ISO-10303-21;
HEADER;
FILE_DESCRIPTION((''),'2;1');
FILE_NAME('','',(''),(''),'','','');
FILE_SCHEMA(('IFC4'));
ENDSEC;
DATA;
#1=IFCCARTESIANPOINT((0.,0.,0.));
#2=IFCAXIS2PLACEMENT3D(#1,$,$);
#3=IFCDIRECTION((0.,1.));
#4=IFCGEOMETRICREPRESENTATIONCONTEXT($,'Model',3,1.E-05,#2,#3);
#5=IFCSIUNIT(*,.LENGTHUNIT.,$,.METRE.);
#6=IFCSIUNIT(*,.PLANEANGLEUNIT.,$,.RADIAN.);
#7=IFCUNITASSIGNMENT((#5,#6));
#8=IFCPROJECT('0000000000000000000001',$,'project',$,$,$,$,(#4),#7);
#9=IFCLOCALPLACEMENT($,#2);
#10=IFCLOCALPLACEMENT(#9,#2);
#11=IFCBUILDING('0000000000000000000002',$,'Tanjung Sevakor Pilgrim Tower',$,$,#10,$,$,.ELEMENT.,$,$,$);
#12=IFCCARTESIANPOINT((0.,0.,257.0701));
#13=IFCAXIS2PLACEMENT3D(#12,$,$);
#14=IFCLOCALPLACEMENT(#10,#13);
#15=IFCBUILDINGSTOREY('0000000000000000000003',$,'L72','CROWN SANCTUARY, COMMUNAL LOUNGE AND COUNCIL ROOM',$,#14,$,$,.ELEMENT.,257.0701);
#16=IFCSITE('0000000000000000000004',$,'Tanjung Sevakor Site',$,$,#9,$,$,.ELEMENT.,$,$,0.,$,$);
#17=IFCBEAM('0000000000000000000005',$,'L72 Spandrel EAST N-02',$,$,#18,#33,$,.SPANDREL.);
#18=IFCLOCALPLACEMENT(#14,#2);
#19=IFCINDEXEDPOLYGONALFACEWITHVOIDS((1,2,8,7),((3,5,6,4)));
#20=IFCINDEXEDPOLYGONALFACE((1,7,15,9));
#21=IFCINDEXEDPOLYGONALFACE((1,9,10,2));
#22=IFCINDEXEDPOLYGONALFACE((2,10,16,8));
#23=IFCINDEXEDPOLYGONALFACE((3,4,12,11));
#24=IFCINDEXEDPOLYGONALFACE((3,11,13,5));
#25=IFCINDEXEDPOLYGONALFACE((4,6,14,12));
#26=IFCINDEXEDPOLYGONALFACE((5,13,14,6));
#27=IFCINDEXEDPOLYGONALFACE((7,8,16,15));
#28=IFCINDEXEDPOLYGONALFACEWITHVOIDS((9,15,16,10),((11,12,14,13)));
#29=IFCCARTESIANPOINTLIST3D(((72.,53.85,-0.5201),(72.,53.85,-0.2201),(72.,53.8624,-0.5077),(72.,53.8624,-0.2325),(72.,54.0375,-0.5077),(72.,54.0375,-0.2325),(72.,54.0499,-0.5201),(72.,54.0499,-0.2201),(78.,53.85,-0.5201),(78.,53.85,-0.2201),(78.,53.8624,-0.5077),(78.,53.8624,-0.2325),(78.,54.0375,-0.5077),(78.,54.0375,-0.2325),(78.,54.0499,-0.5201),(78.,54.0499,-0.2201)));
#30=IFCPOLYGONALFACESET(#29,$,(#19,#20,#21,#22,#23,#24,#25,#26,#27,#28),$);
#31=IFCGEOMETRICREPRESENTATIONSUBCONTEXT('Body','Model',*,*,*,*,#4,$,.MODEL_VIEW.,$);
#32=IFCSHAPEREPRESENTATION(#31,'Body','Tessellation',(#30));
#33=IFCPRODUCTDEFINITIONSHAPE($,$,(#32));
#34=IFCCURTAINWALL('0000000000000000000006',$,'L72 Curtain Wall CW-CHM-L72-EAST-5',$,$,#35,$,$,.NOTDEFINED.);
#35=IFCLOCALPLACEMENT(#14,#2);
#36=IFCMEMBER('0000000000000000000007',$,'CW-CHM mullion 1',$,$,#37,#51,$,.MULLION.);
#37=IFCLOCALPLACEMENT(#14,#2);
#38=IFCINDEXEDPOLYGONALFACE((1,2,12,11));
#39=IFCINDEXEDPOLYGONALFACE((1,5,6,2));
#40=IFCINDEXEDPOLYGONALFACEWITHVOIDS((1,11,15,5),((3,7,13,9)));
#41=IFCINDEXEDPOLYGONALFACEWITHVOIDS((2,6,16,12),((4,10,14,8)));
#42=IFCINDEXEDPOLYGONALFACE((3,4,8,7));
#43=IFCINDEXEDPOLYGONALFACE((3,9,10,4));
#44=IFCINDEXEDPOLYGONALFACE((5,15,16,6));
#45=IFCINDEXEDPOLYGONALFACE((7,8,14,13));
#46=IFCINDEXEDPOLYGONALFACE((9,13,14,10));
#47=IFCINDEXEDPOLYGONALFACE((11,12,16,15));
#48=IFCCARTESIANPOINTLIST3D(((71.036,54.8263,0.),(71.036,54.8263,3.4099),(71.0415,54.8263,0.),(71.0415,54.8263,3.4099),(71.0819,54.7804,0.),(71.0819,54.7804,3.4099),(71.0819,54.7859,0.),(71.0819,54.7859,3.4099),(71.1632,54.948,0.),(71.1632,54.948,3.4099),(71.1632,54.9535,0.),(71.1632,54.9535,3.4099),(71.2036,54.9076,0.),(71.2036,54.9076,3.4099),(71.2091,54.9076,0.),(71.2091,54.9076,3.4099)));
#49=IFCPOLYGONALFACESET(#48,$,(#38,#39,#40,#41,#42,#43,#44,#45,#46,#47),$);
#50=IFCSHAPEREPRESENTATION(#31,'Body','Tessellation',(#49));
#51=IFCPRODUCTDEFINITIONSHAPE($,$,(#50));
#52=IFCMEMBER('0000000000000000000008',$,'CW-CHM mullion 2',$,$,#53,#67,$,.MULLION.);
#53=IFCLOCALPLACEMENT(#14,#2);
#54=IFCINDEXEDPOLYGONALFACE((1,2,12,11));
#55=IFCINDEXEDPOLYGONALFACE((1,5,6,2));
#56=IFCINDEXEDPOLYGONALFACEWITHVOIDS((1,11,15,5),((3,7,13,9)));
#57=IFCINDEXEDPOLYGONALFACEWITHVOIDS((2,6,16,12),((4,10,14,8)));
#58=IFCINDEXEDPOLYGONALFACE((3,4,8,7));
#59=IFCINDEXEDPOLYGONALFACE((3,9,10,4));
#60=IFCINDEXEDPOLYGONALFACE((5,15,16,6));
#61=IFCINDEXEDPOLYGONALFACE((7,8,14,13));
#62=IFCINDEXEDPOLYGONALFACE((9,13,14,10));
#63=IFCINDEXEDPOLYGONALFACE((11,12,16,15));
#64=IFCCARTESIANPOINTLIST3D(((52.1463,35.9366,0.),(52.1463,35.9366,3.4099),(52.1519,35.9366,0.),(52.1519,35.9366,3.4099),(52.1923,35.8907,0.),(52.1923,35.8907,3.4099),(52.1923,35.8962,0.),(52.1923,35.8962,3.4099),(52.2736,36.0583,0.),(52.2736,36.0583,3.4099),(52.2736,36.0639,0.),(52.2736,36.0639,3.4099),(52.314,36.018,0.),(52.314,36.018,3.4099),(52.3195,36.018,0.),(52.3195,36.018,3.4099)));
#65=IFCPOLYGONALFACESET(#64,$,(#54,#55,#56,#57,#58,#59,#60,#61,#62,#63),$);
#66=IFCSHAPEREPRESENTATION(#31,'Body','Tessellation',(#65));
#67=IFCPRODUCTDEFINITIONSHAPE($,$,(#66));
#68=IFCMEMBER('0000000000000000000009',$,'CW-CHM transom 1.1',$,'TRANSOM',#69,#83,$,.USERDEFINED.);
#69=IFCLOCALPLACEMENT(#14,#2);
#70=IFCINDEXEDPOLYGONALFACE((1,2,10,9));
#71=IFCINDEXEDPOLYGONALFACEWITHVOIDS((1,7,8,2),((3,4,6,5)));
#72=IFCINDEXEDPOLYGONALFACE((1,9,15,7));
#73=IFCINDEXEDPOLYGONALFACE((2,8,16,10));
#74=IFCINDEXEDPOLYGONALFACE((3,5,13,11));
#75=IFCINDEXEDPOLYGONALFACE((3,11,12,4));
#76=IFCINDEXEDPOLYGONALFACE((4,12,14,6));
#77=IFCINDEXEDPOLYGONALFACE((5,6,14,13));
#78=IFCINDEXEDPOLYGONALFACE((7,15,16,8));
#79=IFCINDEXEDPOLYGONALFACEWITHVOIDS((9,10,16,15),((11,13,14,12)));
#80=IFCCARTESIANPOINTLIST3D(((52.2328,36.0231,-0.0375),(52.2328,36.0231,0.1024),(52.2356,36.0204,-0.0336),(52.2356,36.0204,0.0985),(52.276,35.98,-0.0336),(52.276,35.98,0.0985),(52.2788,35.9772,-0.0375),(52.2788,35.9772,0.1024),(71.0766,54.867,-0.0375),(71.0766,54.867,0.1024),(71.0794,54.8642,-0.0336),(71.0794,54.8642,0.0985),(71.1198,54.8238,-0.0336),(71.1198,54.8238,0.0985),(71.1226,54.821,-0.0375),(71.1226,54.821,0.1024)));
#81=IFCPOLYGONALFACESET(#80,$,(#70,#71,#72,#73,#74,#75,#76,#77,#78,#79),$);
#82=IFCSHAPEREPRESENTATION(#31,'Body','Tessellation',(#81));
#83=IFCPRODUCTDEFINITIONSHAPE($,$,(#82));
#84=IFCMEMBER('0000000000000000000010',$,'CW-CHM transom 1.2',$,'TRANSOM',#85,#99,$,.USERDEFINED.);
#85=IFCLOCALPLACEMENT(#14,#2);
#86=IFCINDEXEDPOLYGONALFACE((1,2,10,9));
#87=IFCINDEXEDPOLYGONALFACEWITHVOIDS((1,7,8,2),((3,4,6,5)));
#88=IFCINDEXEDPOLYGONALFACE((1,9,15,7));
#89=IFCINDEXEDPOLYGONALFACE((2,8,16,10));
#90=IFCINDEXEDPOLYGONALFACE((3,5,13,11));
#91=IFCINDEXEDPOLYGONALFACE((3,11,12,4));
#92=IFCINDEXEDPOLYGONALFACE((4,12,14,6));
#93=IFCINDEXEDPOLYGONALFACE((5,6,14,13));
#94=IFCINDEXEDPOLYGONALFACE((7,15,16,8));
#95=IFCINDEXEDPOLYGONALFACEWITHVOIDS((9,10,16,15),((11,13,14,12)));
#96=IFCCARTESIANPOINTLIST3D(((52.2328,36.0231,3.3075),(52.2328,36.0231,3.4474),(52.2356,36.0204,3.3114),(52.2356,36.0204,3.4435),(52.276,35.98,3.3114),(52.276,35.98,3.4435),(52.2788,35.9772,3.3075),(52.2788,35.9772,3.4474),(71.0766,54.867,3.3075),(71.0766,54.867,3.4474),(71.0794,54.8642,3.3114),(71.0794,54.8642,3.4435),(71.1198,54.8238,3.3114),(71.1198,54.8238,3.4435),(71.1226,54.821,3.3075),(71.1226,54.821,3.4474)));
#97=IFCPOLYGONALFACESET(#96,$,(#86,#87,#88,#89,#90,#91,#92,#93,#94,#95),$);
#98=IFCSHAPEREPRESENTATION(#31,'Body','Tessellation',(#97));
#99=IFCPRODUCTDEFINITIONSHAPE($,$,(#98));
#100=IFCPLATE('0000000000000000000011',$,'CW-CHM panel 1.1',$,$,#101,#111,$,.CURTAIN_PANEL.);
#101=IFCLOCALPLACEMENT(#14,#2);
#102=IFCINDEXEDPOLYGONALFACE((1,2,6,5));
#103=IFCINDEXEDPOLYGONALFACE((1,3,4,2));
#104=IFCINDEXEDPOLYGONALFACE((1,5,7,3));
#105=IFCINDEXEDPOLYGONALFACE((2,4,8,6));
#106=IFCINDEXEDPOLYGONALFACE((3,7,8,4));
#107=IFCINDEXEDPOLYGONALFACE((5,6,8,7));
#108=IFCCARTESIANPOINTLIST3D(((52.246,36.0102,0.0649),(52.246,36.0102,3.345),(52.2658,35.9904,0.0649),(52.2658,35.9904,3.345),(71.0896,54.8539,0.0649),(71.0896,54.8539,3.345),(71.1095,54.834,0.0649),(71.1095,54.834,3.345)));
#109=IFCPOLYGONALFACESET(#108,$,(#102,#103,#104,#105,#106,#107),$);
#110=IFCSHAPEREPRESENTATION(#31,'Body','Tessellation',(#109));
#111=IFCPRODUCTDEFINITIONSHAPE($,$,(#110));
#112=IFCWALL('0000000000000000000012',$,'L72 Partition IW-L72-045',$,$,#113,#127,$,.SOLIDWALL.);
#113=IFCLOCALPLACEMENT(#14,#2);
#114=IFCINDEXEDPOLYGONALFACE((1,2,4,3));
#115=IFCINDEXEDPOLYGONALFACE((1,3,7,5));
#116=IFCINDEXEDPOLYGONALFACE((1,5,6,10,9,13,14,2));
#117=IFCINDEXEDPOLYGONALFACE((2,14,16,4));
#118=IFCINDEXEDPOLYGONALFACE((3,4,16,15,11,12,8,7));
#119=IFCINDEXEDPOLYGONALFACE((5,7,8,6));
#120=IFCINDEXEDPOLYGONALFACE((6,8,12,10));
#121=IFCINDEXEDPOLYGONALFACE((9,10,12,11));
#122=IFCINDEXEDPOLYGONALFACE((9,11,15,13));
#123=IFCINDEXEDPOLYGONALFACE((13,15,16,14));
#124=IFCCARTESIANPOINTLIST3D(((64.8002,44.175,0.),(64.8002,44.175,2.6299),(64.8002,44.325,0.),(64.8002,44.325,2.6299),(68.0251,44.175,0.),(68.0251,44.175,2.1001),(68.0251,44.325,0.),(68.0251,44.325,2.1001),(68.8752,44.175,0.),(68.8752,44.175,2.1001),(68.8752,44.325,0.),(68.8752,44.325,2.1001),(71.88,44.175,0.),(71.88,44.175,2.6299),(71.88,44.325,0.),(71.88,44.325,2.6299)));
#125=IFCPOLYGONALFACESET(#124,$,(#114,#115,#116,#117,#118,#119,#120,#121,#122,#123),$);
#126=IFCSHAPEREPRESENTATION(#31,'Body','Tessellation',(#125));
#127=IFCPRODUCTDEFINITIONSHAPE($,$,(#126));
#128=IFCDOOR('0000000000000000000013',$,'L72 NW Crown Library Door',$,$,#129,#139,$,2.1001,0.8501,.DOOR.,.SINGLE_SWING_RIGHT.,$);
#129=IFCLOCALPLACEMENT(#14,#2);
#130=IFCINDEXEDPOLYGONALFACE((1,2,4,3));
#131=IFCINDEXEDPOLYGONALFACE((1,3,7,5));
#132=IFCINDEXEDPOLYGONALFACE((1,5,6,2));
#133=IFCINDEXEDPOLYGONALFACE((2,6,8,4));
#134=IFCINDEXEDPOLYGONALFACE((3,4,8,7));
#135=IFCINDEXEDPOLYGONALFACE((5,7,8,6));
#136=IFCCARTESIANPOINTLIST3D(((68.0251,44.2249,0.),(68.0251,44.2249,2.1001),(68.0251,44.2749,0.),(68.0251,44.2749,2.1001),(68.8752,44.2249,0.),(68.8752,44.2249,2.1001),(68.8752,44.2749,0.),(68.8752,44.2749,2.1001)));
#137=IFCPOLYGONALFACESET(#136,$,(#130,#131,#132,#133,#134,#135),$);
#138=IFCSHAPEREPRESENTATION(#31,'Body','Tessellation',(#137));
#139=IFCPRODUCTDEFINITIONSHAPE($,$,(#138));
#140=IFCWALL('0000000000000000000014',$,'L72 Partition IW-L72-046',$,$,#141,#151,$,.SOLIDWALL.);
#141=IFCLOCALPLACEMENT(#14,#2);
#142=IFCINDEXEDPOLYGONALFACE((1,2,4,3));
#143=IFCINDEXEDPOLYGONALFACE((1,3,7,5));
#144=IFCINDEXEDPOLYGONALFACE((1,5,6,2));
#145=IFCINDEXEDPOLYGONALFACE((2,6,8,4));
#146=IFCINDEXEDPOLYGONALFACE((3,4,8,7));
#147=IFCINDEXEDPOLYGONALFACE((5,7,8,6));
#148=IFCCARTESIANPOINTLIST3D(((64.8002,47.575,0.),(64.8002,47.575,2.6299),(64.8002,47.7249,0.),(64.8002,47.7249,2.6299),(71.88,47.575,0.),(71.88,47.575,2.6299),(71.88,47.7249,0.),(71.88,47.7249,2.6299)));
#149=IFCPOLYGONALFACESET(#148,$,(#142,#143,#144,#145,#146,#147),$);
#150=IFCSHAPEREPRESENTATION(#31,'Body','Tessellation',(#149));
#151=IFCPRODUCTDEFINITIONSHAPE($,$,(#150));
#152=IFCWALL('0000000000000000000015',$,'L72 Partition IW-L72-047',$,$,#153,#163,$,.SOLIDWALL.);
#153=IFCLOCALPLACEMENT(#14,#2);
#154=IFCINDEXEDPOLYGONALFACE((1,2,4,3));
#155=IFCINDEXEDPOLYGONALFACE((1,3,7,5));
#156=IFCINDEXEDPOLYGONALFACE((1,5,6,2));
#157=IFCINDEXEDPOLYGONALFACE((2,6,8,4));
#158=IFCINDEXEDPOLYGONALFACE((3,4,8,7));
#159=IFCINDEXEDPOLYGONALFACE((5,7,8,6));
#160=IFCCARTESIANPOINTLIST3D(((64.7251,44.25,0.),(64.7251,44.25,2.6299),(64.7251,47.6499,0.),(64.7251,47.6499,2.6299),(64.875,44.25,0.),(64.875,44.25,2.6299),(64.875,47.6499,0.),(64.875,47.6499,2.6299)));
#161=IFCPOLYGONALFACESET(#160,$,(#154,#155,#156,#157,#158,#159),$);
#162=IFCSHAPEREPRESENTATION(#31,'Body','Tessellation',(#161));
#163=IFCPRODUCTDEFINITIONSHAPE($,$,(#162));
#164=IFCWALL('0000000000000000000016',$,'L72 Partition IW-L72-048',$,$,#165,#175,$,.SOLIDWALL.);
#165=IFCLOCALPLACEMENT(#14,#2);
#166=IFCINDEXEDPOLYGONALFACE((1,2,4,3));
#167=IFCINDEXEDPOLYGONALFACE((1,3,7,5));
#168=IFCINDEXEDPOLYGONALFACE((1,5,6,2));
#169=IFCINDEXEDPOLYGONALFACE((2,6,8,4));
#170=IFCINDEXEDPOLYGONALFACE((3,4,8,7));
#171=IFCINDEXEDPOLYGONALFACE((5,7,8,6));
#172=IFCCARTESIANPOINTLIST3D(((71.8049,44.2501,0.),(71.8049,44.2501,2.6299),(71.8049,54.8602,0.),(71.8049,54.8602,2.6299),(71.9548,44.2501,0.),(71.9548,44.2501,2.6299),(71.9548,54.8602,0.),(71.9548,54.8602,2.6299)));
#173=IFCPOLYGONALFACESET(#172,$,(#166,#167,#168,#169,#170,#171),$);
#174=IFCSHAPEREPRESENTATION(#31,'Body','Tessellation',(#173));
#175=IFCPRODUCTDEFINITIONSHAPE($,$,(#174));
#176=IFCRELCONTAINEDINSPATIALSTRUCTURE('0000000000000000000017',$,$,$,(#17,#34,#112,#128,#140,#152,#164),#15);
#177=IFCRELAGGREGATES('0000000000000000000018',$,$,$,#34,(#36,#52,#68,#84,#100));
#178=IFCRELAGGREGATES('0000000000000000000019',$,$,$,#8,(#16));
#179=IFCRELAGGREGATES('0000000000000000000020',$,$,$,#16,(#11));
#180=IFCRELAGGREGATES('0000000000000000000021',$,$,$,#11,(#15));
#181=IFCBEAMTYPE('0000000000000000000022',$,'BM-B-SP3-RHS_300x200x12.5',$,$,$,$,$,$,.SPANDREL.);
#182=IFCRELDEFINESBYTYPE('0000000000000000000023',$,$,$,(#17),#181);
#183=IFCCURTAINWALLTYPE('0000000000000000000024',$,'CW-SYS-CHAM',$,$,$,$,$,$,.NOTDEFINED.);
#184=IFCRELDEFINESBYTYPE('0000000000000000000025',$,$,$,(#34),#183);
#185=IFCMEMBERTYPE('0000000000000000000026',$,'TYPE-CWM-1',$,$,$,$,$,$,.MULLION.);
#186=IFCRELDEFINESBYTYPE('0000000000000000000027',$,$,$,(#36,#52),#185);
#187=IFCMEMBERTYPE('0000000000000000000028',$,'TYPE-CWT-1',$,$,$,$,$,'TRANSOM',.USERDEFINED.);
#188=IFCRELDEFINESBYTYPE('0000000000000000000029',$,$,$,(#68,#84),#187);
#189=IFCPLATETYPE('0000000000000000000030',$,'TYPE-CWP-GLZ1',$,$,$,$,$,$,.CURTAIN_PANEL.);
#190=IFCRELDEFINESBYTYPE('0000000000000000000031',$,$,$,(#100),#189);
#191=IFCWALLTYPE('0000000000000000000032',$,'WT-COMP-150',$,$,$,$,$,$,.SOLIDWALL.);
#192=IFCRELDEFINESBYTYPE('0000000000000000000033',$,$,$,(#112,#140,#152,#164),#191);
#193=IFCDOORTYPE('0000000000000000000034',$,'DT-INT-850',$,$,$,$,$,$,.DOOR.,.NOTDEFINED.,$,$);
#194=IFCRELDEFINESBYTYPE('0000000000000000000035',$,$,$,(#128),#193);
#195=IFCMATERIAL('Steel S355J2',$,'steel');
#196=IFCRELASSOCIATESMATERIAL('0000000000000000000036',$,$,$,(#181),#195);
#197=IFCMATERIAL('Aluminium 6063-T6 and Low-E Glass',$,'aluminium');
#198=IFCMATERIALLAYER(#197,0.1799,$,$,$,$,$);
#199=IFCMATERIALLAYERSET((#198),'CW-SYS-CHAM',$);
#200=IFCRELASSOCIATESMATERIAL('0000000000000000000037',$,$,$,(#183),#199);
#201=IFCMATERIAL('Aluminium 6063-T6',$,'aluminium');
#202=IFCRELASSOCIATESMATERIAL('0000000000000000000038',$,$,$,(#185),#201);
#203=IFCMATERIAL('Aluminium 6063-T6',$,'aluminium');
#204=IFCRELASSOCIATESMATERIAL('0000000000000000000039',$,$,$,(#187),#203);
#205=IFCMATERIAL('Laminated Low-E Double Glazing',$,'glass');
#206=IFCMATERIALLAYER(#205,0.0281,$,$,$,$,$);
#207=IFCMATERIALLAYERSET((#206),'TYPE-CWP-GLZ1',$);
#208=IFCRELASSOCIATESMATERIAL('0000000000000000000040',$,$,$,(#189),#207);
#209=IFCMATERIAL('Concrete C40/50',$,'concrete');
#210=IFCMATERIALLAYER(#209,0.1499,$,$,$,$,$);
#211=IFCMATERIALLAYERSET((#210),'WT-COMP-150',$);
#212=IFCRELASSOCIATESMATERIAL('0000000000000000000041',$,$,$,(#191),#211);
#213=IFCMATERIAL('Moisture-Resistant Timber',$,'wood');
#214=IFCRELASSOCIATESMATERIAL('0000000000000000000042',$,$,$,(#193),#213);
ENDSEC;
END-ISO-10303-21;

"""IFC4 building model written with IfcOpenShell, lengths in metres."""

from ifc_helpers import new_model, si_unit, direction, frame, frame_2d, origin, origin_2d, place, context, subcontext, project, spatial, rectangle, hollow_rectangle, extrude, material, layer, layer_set, material_profile, profile_set, type_object, element, fill, aggregate, save


model = new_model("IFC4")

# Units and contexts
model_context = context("Model", 3, precision=1e-05, world=origin(), true_north=direction((0.0, 1.0)))
body_context = subcontext(model_context, "Body", "Model", "MODEL_VIEW")
ifc_project = project(units=[si_unit("LENGTHUNIT", "METRE"), si_unit("PLANEANGLEUNIT", "RADIAN")], contexts=[model_context])

# Site, building, storey
site_placement = place(None, origin())
site = spatial("IfcSite", under=ifc_project, at=site_placement, Name="Tanjung Sevakor Site", CompositionType="ELEMENT", RefElevation=0.0)
building_placement = place(site_placement, origin())
building = spatial("IfcBuilding", under=site, at=building_placement, Name="Tanjung Sevakor Pilgrim Tower", CompositionType="ELEMENT")
storey_placement = place(building_placement, frame((0.0, 0.0, 257.0701)))
storey = spatial("IfcBuildingStorey", under=building, at=storey_placement, Name="L72", Description="CROWN SANCTUARY, COMMUNAL LOUNGE AND COUNCIL ROOM", CompositionType="ELEMENT", Elevation=257.0701)

# Beam
ifc_material_1 = material(Name="Steel S355J2", Category="steel")
ifc_material_profile_1 = material_profile(ifc_material_1, hollow_rectangle(XDim=0.2, YDim=0.3, WallThickness=0.0125, at=origin_2d()))
ifc_profile_set_1 = profile_set([ifc_material_profile_1], Name="Steel S355J2")
beam_type_1 = type_object("IfcBeamType", Name="BM-B-SP3-RHS_300x200x12.5", PredefinedType="SPANDREL", material=ifc_profile_set_1)
beam_1_placement = place(storey_placement, frame((72.0, 53.95, -0.3701), z_axis=(1.0, 0.0, 0.0), x_axis=(0.0, 1.0, 0.0)))
element("IfcBeam", 1, at=beam_1_placement, inside=storey, type_object=beam_type_1, Name="L72 Spandrel EAST N-02", PredefinedType="SPANDREL", context=body_context, shape_type="SweptSolid", body=[
    extrude(hollow_rectangle(XDim=0.2, YDim=0.3, WallThickness=0.0125, at=origin_2d()), origin(), (0.0, 0.0, 1.0), 6.0),
])

# Curtain wall, members, plate
ifc_material_2 = material(Name="Aluminium 6063-T6 and Low-E Glass", Category="aluminium")
ifc_layer_1 = layer(ifc_material_2, 0.1799)
ifc_layer_set_1 = layer_set([ifc_layer_1], Name="CW-SYS-CHAM")
curtain_wall_type = type_object("IfcCurtainWallType", Name="CW-SYS-CHAM", PredefinedType="NOTDEFINED", material=ifc_layer_set_1)
curtain_wall_placement = place(storey_placement, origin())
curtain_wall = element("IfcCurtainWall", 2, at=curtain_wall_placement, inside=storey, type_object=curtain_wall_type, Name="L72 Curtain Wall CW-CHM-L72-EAST-5", PredefinedType="NOTDEFINED")
ifc_material_3 = material(Name="Aluminium 6063-T6", Category="aluminium")
ifc_material_profile_2 = material_profile(ifc_material_3, hollow_rectangle(XDim=0.0649, YDim=0.1799, WallThickness=0.0039, at=origin_2d()))
ifc_profile_set_2 = profile_set([ifc_material_profile_2], Name="Aluminium 6063-T6")
member_type_1 = type_object("IfcMemberType", Name="TYPE-CWM-1", PredefinedType="MULLION", material=ifc_profile_set_2)
member_1_placement = place(storey_placement, frame((71.1226, 54.8669, 0.0), z_axis=(0.0, 0.0, 1.0), x_axis=(0.707107, -0.707107, 0.0)))
member_1 = element("IfcMember", 3, at=member_1_placement, type_object=member_type_1, Name="CW-CHM mullion 1", PredefinedType="MULLION", context=body_context, shape_type="SweptSolid", body=[
    extrude(hollow_rectangle(XDim=0.0649, YDim=0.1799, WallThickness=0.0039, at=origin_2d()), origin(), (0.0, 0.0, 1.0), 3.4099),
])
member_2_placement = place(storey_placement, frame((52.2329, 35.9773, 0.0), z_axis=(0.0, 0.0, 1.0), x_axis=(0.707107, -0.707107, 0.0)))
member_2 = element("IfcMember", 4, at=member_2_placement, type_object=member_type_1, Name="CW-CHM mullion 2", PredefinedType="MULLION", context=body_context, shape_type="SweptSolid", body=[
    extrude(hollow_rectangle(XDim=0.0649, YDim=0.1799, WallThickness=0.0039, at=origin_2d()), origin(), (0.0, 0.0, 1.0), 3.4099),
])
ifc_material_4 = material(Name="Aluminium 6063-T6", Category="aluminium")
ifc_material_profile_3 = material_profile(ifc_material_4, hollow_rectangle(XDim=0.0649, YDim=0.1399, WallThickness=0.0039, at=origin_2d()))
ifc_profile_set_3 = profile_set([ifc_material_profile_3], Name="Aluminium 6063-T6")
member_type_2 = type_object("IfcMemberType", Name="TYPE-CWT-1", ElementType="TRANSOM", PredefinedType="USERDEFINED", material=ifc_profile_set_3)
member_3_placement = place(storey_placement, frame((71.0996, 54.844, 0.0325), z_axis=(-0.707107, -0.707107, 0.0), x_axis=(0.707107, -0.707107, 0.0)))
member_3 = element("IfcMember", 5, at=member_3_placement, type_object=member_type_2, Name="CW-CHM transom 1.1", ObjectType="TRANSOM", PredefinedType="USERDEFINED", context=body_context, shape_type="SweptSolid", body=[
    extrude(hollow_rectangle(XDim=0.0649, YDim=0.1399, WallThickness=0.0039, at=origin_2d()), origin(), (0.0, 0.0, 1.0), 26.6492),
])
member_4_placement = place(storey_placement, frame((71.0996, 54.844, 3.3774), z_axis=(-0.707107, -0.707107, 0.0), x_axis=(0.707107, -0.707107, 0.0)))
member_4 = element("IfcMember", 6, at=member_4_placement, type_object=member_type_2, Name="CW-CHM transom 1.2", ObjectType="TRANSOM", PredefinedType="USERDEFINED", context=body_context, shape_type="SweptSolid", body=[
    extrude(hollow_rectangle(XDim=0.0649, YDim=0.1399, WallThickness=0.0039, at=origin_2d()), origin(), (0.0, 0.0, 1.0), 26.6492),
])
ifc_material_5 = material(Name="Laminated Low-E Double Glazing", Category="glass")
ifc_layer_2 = layer(ifc_material_5, 0.0281)
ifc_layer_set_2 = layer_set([ifc_layer_2], Name="TYPE-CWP-GLZ1")
plate_type = type_object("IfcPlateType", Name="TYPE-CWP-GLZ1", PredefinedType="CURTAIN_PANEL", material=ifc_layer_set_2)
plate_placement = place(storey_placement, frame((61.6777, 45.4221, 0.0649), z_axis=(0.0, 0.0, 1.0), x_axis=(-0.707107, -0.707107, 0.0)))
plate = element("IfcPlate", 7, at=plate_placement, type_object=plate_type, Name="CW-CHM panel 1.1", PredefinedType="CURTAIN_PANEL", context=body_context, shape_type="SweptSolid", body=[
    extrude(rectangle(XDim=26.6489, YDim=0.0281, at=origin_2d()), origin(), (0.0, 0.0, 1.0), 3.28),
])
aggregate(curtain_wall, [member_1, member_2, member_3, member_4, plate])

# Wall, opening, door
ifc_material_6 = material(Name="Concrete C40/50", Category="concrete")
ifc_layer_3 = layer(ifc_material_6, 0.1499)
ifc_layer_set_3 = layer_set([ifc_layer_3], Name="WT-COMP-150")
wall_type_1 = type_object("IfcWallType", Name="WT-COMP-150", PredefinedType="SOLIDWALL", material=ifc_layer_set_3)
wall_1_placement = place(storey_placement, frame((64.8, 44.25, 0.0), z_axis=(0.0, 0.0, 1.0), x_axis=(1.0, 0.0, 0.0)))
wall_1 = element("IfcWall", 8, at=wall_1_placement, inside=storey, type_object=wall_type_1, Name="L72 Partition IW-L72-045", PredefinedType="SOLIDWALL", context=body_context, shape_type="SweptSolid", body=[
    extrude(rectangle(XDim=7.0798, YDim=0.1499, at=frame_2d((3.54, 0.0))), origin(), (0.0, 0.0, 1.0), 2.6299),
])
opening_1_placement = place(wall_1_placement, frame((3.2251, 0.0, 0.0)))
opening_1 = element("IfcOpeningElement", 9, at=opening_1_placement, cuts=wall_1, PredefinedType="OPENING", context=body_context, shape_type="SweptSolid", body=[
    extrude(rectangle(XDim=0.8501, YDim=2.1001, at=frame_2d((0.425, 1.05))), frame((0.0, 0.085, 0.0), z_axis=(0.0, -1.0, 0.0), x_axis=(1.0, 0.0, 0.0)), (0.0, 0.0, 1.0), 0.1699),
])
ifc_material_7 = material(Name="Moisture-Resistant Timber", Category="wood")
door_type_1 = type_object("IfcDoorType", Name="DT-INT-850", OperationType="NOTDEFINED", PredefinedType="DOOR", material=ifc_material_7)
door_1_placement = place(opening_1_placement, origin())
door_1 = element("IfcDoor", 10, at=door_1_placement, inside=storey, type_object=door_type_1, Name="L72 NW Crown Library Door", OperationType="SINGLE_SWING_RIGHT", OverallHeight=2.1001, OverallWidth=0.8501, PredefinedType="DOOR", context=body_context, shape_type="SweptSolid", body=[
    extrude(rectangle(XDim=0.8501, YDim=2.1001, at=frame_2d((0.425, 1.05))), frame((0.0, 0.0249, 0.0), z_axis=(0.0, -1.0, 0.0), x_axis=(1.0, 0.0, 0.0)), (0.0, 0.0, 1.0), 0.05),
])
fill(opening_1, door_1)

# Walls
wall_2_placement = place(storey_placement, frame((64.8, 47.6499, 0.0), z_axis=(0.0, 0.0, 1.0), x_axis=(1.0, 0.0, 0.0)))
element("IfcWall", 11, at=wall_2_placement, inside=storey, type_object=wall_type_1, Name="L72 Partition IW-L72-046", PredefinedType="SOLIDWALL", context=body_context, shape_type="SweptSolid", body=[
    extrude(rectangle(XDim=7.0798, YDim=0.1499, at=frame_2d((3.54, 0.0))), origin(), (0.0, 0.0, 1.0), 2.6299),
])
wall_3_placement = place(storey_placement, frame((64.8, 44.25, 0.0), z_axis=(0.0, 0.0, 1.0), x_axis=(0.0, 1.0, 0.0)))
element("IfcWall", 12, at=wall_3_placement, inside=storey, type_object=wall_type_1, Name="L72 Partition IW-L72-047", PredefinedType="SOLIDWALL", context=body_context, shape_type="SweptSolid", body=[
    extrude(rectangle(XDim=3.3999, YDim=0.1499, at=frame_2d((1.7, 0.0))), origin(), (0.0, 0.0, 1.0), 2.6299),
])
wall_4_placement = place(storey_placement, frame((71.8799, 44.25, 0.0), z_axis=(0.0, 0.0, 1.0), x_axis=(0.0, 1.0, 0.0)))
element("IfcWall", 13, at=wall_4_placement, inside=storey, type_object=wall_type_1, Name="L72 Partition IW-L72-048", PredefinedType="SOLIDWALL", context=body_context, shape_type="SweptSolid", body=[
    extrude(rectangle(XDim=10.6101, YDim=0.1499, at=frame_2d((5.3052, 0.0))), origin(), (0.0, 0.0, 1.0), 2.6299),
])

save(model, "model.ifc")
